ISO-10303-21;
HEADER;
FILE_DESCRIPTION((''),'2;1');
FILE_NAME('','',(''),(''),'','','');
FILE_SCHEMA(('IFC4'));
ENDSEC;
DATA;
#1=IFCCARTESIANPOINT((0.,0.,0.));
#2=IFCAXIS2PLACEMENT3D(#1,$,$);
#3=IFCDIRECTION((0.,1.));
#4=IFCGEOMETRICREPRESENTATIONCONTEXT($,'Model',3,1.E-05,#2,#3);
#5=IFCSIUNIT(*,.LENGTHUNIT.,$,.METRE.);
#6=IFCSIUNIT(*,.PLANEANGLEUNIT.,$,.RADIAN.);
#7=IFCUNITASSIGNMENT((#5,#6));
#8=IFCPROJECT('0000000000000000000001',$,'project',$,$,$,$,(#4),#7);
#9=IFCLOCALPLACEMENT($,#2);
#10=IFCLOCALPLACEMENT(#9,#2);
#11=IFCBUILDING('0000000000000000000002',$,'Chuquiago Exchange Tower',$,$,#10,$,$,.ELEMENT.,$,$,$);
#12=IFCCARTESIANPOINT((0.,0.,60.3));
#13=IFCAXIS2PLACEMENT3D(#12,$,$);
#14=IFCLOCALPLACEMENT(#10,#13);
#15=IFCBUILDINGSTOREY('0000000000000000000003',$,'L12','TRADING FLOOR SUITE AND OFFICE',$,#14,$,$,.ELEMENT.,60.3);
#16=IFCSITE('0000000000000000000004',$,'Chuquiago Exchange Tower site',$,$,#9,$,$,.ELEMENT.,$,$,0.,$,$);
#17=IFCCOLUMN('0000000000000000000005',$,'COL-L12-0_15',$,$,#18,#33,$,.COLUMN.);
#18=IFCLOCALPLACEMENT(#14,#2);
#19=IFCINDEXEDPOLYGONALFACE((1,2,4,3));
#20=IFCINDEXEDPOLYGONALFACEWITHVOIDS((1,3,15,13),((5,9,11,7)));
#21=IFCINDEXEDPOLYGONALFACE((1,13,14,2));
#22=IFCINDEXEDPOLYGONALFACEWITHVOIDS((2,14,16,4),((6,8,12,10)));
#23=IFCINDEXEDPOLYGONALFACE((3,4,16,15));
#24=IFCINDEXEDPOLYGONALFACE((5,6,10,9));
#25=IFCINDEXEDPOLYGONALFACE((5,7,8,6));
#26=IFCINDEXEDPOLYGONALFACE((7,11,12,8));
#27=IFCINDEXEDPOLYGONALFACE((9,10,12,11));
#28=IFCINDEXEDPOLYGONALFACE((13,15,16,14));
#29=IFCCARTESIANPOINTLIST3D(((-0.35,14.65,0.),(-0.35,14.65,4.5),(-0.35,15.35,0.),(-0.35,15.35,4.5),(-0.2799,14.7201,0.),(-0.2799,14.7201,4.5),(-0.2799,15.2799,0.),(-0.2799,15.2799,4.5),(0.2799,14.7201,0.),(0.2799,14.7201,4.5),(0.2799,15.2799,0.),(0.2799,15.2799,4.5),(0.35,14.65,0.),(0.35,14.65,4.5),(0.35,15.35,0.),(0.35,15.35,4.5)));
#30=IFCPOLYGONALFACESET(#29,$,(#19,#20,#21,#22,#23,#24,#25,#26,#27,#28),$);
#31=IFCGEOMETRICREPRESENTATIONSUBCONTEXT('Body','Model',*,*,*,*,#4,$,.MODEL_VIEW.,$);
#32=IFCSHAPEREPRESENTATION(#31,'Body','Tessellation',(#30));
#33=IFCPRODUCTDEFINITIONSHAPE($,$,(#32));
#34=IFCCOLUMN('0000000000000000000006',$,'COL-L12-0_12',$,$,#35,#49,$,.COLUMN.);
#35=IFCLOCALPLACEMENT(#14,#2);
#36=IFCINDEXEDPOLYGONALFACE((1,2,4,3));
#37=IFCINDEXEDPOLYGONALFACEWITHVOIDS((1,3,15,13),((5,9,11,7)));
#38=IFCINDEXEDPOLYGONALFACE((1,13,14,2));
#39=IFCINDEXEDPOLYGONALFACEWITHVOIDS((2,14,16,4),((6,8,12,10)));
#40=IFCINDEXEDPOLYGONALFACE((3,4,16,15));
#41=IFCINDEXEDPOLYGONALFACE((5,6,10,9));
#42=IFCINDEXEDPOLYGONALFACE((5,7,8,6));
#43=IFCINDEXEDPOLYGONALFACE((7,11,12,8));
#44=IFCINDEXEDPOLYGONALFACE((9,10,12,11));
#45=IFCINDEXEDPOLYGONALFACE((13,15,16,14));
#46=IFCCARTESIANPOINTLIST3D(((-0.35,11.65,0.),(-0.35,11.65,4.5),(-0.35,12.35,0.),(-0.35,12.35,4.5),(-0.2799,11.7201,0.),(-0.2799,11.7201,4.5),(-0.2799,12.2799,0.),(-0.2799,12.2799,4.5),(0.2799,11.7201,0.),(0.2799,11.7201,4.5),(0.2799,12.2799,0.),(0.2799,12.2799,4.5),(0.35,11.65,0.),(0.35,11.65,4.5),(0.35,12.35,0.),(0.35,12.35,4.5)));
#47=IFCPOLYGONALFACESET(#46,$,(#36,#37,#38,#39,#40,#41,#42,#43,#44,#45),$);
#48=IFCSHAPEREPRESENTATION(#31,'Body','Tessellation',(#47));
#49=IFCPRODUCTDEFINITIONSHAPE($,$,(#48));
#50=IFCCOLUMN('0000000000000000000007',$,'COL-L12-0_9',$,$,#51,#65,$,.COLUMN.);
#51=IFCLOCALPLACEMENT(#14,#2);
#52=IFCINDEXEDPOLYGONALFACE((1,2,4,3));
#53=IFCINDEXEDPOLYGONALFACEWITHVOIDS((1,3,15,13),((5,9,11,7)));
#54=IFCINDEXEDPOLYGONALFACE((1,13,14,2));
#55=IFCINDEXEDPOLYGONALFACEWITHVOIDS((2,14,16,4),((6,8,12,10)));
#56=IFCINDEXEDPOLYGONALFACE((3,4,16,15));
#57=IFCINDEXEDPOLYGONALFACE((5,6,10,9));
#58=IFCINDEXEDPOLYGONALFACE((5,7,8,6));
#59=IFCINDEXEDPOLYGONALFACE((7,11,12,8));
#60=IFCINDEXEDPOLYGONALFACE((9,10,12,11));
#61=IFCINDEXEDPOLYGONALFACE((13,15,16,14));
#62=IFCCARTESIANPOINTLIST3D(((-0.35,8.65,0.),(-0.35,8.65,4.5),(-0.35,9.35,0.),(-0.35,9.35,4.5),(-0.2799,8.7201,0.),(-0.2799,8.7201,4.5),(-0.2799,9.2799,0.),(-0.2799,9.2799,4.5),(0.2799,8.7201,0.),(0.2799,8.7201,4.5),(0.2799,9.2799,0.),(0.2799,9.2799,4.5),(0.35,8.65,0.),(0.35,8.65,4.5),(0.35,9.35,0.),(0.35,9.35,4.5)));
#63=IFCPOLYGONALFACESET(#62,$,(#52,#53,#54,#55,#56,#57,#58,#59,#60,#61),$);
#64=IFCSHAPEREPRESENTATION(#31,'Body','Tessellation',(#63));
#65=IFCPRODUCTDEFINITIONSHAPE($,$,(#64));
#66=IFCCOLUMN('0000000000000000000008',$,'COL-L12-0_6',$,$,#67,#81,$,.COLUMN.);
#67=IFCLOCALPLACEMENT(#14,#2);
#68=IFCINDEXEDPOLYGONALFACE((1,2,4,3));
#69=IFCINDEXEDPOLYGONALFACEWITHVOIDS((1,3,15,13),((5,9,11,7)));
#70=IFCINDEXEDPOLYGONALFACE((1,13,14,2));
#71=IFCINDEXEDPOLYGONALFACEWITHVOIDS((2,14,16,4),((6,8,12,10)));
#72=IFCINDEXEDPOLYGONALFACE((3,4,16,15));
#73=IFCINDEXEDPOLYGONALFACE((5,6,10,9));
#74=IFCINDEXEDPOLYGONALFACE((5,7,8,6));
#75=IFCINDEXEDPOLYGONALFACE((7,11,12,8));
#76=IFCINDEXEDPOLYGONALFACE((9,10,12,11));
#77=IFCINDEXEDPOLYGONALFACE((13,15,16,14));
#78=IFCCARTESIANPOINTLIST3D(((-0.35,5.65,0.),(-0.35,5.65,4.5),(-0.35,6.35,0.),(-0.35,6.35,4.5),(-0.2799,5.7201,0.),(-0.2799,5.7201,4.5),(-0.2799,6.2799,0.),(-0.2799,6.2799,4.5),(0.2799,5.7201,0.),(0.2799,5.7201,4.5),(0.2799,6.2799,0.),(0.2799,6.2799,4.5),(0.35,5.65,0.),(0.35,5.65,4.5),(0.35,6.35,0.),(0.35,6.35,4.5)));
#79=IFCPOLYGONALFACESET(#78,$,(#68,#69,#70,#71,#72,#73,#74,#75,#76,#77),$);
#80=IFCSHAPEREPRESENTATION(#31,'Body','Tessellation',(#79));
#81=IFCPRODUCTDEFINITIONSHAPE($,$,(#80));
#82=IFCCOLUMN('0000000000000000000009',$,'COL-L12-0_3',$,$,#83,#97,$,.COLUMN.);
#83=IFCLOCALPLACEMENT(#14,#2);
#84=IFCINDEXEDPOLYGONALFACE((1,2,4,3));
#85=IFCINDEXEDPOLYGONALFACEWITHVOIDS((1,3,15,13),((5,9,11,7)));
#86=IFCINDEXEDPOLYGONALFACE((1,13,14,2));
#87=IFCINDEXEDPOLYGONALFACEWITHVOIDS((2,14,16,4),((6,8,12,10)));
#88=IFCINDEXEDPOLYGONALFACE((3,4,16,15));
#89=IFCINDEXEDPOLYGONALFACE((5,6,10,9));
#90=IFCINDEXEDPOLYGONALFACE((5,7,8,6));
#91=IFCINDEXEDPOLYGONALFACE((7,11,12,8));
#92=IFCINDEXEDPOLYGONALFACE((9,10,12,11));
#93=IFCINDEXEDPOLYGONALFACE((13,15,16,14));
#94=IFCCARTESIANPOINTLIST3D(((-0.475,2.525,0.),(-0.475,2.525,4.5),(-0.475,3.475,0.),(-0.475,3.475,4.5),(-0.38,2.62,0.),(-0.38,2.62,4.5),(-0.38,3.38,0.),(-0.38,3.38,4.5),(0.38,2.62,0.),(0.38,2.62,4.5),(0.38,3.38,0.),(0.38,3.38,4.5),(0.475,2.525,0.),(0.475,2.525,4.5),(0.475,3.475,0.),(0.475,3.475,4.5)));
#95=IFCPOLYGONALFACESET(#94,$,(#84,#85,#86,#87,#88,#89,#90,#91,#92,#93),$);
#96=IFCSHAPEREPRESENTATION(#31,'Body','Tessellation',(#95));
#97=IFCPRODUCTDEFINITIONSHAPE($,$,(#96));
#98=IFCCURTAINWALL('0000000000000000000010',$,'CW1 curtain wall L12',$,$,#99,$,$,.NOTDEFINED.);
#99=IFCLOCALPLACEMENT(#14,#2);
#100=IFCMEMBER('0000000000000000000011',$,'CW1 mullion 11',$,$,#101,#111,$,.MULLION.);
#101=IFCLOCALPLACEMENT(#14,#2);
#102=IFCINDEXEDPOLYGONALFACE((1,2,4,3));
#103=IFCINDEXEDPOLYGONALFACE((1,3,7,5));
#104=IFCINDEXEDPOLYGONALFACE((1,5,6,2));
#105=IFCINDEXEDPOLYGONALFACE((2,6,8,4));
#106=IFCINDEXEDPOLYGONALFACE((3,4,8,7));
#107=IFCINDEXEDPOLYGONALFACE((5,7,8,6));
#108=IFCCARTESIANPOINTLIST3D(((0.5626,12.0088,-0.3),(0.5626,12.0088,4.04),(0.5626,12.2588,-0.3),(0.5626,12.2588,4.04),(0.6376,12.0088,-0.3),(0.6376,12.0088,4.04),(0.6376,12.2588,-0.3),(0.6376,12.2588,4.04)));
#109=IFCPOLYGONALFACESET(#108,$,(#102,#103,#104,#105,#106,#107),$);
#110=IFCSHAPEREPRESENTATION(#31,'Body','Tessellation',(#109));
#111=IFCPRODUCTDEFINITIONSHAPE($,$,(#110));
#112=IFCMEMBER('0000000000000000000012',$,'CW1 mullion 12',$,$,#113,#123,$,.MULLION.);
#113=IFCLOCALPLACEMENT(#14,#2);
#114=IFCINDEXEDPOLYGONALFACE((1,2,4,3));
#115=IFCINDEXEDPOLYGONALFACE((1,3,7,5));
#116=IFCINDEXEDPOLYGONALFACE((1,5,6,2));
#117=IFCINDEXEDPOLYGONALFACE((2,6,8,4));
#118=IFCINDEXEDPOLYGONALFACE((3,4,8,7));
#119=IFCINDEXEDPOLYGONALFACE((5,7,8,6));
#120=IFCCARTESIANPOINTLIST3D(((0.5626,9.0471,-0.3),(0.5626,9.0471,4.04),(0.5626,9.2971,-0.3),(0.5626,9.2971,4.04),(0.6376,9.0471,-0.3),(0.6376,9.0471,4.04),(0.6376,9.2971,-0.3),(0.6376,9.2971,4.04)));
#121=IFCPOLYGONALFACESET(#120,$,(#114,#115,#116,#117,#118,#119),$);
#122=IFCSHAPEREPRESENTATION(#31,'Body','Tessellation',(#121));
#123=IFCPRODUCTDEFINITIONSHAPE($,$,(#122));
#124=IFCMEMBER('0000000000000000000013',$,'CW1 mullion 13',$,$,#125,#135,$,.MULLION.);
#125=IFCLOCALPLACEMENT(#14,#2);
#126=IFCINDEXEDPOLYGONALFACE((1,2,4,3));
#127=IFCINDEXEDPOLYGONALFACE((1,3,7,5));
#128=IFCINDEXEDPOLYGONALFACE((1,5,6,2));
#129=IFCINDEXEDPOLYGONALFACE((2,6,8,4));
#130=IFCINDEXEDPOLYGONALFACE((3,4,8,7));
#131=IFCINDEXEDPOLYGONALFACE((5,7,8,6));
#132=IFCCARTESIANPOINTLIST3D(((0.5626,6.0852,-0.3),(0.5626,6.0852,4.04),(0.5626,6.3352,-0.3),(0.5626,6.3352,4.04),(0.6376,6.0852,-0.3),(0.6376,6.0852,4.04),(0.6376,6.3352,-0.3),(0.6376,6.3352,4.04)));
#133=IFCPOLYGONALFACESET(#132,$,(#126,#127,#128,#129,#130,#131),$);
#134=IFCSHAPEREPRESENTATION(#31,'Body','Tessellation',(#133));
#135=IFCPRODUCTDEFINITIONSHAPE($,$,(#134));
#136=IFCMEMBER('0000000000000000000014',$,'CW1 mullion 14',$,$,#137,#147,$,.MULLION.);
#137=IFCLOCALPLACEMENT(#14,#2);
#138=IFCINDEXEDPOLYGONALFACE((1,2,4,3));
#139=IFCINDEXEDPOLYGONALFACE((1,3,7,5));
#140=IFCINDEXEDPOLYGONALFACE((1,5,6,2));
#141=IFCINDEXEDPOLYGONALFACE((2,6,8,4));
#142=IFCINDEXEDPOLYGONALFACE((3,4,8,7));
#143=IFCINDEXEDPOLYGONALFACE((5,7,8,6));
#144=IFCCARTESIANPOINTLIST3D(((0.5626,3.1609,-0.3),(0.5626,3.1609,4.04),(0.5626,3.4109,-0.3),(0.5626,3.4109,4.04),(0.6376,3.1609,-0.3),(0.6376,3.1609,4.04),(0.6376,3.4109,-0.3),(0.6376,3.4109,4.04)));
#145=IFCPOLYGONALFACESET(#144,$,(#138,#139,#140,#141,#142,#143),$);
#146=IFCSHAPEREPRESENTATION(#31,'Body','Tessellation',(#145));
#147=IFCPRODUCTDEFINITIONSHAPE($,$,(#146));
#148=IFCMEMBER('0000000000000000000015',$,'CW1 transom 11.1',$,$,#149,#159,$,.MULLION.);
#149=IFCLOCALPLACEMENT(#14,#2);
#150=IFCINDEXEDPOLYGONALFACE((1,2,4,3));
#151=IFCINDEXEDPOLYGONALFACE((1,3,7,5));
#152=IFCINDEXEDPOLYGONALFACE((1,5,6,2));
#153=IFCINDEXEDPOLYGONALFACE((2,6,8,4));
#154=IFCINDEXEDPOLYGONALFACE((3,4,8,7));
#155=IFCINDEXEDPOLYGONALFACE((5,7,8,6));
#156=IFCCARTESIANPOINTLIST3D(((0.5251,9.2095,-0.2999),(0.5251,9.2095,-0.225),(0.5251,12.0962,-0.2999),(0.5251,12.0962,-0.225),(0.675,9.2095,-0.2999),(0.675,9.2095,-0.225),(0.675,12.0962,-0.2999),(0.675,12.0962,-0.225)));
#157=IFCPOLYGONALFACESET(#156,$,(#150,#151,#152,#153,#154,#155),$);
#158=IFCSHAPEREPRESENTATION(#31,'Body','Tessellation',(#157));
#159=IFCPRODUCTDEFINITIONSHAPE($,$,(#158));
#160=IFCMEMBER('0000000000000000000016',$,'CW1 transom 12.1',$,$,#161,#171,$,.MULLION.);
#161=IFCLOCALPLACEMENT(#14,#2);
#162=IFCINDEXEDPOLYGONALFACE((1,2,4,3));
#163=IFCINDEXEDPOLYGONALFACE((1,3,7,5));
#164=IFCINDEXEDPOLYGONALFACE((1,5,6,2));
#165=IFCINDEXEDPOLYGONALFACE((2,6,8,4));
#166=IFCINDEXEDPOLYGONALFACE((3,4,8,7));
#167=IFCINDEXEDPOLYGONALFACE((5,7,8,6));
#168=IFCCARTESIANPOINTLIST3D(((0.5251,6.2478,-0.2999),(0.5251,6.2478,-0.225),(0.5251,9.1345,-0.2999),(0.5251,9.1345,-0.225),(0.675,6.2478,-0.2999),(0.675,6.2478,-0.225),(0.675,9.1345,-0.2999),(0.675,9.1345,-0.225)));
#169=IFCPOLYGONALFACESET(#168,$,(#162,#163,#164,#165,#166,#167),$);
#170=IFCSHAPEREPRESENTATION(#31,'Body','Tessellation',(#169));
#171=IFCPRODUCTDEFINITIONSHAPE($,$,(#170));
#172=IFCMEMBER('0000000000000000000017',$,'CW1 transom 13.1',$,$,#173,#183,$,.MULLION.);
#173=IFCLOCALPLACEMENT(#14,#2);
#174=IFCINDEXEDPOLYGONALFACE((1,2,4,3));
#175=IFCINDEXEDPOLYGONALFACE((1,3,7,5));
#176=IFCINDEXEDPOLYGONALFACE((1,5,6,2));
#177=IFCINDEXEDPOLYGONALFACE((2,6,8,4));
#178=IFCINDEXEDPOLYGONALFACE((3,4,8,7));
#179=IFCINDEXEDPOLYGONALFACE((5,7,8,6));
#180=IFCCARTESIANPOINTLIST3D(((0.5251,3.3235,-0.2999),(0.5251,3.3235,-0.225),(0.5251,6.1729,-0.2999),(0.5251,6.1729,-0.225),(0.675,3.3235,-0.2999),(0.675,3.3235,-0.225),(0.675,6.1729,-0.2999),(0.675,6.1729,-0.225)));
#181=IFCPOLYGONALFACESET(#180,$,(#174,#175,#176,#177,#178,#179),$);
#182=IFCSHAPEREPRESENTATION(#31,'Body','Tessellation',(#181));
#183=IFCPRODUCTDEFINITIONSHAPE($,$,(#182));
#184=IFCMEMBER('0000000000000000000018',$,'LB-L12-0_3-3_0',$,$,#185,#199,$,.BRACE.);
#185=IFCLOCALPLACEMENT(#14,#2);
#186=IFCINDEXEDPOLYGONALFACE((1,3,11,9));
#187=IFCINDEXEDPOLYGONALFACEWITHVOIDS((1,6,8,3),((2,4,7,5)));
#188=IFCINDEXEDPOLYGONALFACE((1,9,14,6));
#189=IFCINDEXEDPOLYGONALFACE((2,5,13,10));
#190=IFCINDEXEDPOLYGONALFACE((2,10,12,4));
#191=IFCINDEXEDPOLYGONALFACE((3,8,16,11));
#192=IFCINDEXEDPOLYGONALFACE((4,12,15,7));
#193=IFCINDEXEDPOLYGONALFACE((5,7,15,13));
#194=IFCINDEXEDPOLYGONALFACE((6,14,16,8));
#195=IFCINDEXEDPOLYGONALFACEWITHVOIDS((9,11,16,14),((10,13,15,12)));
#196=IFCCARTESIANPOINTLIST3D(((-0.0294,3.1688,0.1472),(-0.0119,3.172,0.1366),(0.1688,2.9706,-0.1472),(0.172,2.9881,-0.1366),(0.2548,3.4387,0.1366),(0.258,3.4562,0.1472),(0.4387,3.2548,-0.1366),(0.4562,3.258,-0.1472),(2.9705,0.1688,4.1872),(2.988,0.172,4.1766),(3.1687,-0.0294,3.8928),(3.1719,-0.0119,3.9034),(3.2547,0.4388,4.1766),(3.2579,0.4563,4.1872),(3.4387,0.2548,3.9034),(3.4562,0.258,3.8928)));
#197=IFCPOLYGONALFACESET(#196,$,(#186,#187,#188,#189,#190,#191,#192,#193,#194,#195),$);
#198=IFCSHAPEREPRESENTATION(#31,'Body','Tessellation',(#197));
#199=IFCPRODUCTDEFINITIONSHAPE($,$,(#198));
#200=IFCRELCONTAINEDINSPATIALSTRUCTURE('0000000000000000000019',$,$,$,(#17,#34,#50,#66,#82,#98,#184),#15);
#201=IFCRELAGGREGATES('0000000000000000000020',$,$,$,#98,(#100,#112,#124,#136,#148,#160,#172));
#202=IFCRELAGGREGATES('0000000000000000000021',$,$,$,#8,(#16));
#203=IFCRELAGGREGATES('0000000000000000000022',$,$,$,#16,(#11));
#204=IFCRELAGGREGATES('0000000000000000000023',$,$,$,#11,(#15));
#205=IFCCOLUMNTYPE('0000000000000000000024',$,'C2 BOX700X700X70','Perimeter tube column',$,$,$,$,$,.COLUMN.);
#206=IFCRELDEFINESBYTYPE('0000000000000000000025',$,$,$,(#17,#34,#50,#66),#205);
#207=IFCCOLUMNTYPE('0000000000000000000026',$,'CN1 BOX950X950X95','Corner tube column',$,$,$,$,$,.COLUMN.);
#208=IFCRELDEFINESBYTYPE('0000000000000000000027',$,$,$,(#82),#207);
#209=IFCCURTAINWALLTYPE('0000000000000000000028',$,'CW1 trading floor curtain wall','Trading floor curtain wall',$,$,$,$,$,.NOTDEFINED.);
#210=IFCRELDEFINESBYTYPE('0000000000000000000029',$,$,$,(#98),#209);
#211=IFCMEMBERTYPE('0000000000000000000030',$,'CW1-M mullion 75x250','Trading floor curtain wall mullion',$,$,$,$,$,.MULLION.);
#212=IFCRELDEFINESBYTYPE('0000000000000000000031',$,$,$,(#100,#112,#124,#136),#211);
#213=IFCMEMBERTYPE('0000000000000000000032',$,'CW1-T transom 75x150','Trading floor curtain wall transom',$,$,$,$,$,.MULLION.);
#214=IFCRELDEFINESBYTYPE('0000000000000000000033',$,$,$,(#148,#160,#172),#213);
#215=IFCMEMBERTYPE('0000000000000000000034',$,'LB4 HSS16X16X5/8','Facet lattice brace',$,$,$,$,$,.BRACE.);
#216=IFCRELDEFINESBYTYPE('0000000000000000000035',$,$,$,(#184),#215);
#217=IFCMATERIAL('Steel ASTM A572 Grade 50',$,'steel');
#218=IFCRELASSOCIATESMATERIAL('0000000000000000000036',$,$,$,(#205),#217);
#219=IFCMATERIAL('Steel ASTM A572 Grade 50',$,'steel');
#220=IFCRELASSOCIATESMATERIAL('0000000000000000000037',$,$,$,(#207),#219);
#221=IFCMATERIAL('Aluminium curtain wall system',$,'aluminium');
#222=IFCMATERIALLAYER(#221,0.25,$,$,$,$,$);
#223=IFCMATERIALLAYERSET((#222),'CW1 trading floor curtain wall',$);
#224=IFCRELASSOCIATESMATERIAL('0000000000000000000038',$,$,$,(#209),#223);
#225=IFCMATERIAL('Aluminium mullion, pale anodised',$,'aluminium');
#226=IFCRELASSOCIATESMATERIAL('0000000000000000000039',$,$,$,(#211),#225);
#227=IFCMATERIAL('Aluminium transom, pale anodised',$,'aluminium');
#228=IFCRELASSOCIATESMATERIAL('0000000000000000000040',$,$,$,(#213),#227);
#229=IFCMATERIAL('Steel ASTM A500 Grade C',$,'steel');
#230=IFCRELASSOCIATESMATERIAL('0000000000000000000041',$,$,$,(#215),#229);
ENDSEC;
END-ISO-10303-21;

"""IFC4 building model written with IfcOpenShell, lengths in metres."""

from ifc_helpers import new_model, si_unit, direction, frame, origin, origin_2d, place, context, subcontext, project, spatial, rectangle, hollow_rectangle, extrude, material, layer, layer_set, material_profile, profile_set, type_object, element, aggregate, save


model = new_model("IFC4")

# Units and contexts
model_context = context("Model", 3, precision=1e-05, world=origin(), true_north=direction((0.0, 1.0)))
body_context = subcontext(model_context, "Body", "Model", "MODEL_VIEW")
ifc_project = project(units=[si_unit("LENGTHUNIT", "METRE"), si_unit("PLANEANGLEUNIT", "RADIAN")], contexts=[model_context])

# Site, building, storey
site_placement = place(None, origin())
site = spatial("IfcSite", under=ifc_project, at=site_placement, Name="Chuquiago Exchange Tower site", CompositionType="ELEMENT", RefElevation=0.0)
building_placement = place(site_placement, origin())
building = spatial("IfcBuilding", under=site, at=building_placement, Name="Chuquiago Exchange Tower", CompositionType="ELEMENT")
storey_placement = place(building_placement, frame((0.0, 0.0, 60.3)))
storey = spatial("IfcBuildingStorey", under=building, at=storey_placement, Name="L12", Description="TRADING FLOOR SUITE AND OFFICE", CompositionType="ELEMENT", Elevation=60.3)

# Columns
ifc_material_1 = material(Name="Steel ASTM A572 Grade 50", Category="steel")
ifc_material_profile_1 = material_profile(ifc_material_1, hollow_rectangle(XDim=0.7, YDim=0.7, WallThickness=0.0701, at=origin_2d()), Name="BOX700X700X70")
ifc_profile_set_1 = profile_set([ifc_material_profile_1], Name="Steel ASTM A572 Grade 50")
column_type_1 = type_object("IfcColumnType", Name="C2 BOX700X700X70", Description="Perimeter tube column", PredefinedType="COLUMN", material=ifc_profile_set_1)
for number, where, z_axis, x_axis, name in (
    (1, (0.0, 15.0, 0.0), (0.0, 0.0, 1.0), (-1.0, 0.0, 0.0), "COL-L12-0_15"),
    (2, (0.0, 12.0, 0.0), (0.0, 0.0, 1.0), (-1.0, 0.0, 0.0), "COL-L12-0_12"),
    (3, (0.0, 9.0, 0.0), (0.0, 0.0, 1.0), (-1.0, 0.0, 0.0), "COL-L12-0_9"),
    (4, (0.0, 6.0, 0.0), (0.0, 0.0, 1.0), (-1.0, 0.0, 0.0), "COL-L12-0_6"),
):
    element("IfcColumn", number, at=place(storey_placement, frame(where, z_axis=z_axis, x_axis=x_axis)), inside=storey, type_object=column_type_1, Name=name, PredefinedType="COLUMN", context=body_context, shape_type="SweptSolid", body=[
        extrude(hollow_rectangle(XDim=0.7, YDim=0.7, WallThickness=0.0701, at=origin_2d()), origin(), (0.0, 0.0, 1.0), 4.5),
    ])
ifc_material_2 = material(Name="Steel ASTM A572 Grade 50", Category="steel")
ifc_material_profile_2 = material_profile(ifc_material_2, hollow_rectangle(XDim=0.95, YDim=0.95, WallThickness=0.095, at=origin_2d()), Name="BOX950X950X95")
ifc_profile_set_2 = profile_set([ifc_material_profile_2], Name="Steel ASTM A572 Grade 50")
column_type_2 = type_object("IfcColumnType", Name="CN1 BOX950X950X95", Description="Corner tube column", PredefinedType="COLUMN", material=ifc_profile_set_2)
column_placement = place(storey_placement, frame((0.0, 3.0, 0.0), z_axis=(0.0, 0.0, 1.0), x_axis=(-1.0, 0.0, 0.0)))
element("IfcColumn", 5, at=column_placement, inside=storey, type_object=column_type_2, Name="COL-L12-0_3", PredefinedType="COLUMN", context=body_context, shape_type="SweptSolid", body=[
    extrude(hollow_rectangle(XDim=0.95, YDim=0.95, WallThickness=0.095, at=origin_2d()), origin(), (0.0, 0.0, 1.0), 4.5),
])

# Curtain wall, members
ifc_material_3 = material(Name="Aluminium curtain wall system", Category="aluminium")
ifc_layer_1 = layer(ifc_material_3, 0.25)
ifc_layer_set_1 = layer_set([ifc_layer_1], Name="CW1 trading floor curtain wall")
curtain_wall_type = type_object("IfcCurtainWallType", Name="CW1 trading floor curtain wall", Description="Trading floor curtain wall", PredefinedType="NOTDEFINED", material=ifc_layer_set_1)
curtain_wall_placement = place(storey_placement, origin())
curtain_wall = element("IfcCurtainWall", 6, at=curtain_wall_placement, inside=storey, type_object=curtain_wall_type, Name="CW1 curtain wall L12", PredefinedType="NOTDEFINED")
ifc_material_4 = material(Name="Aluminium mullion, pale anodised", Category="aluminium")
ifc_material_profile_3 = material_profile(ifc_material_4, rectangle(XDim=0.075, YDim=0.25, at=origin_2d()), Name="AL 75x250")
ifc_profile_set_3 = profile_set([ifc_material_profile_3], Name="Aluminium mullion, pale anodised")
member_type_1 = type_object("IfcMemberType", Name="CW1-M mullion 75x250", Description="Trading floor curtain wall mullion", PredefinedType="MULLION", material=ifc_profile_set_3)
member_1_placement = place(storey_placement, frame((0.6001, 12.1338, -0.3), z_axis=(0.0, 0.0, 1.0), x_axis=(1.0, 0.0, 0.0)))
member_1 = element("IfcMember", 7, at=member_1_placement, type_object=member_type_1, Name="CW1 mullion 11", PredefinedType="MULLION", context=body_context, shape_type="SweptSolid", body=[
    extrude(rectangle(XDim=0.075, YDim=0.25, at=origin_2d()), origin(), (0.0, 0.0, 1.0), 4.3401),
])
member_2_placement = place(storey_placement, frame((0.6001, 9.1721, -0.3), z_axis=(0.0, 0.0, 1.0), x_axis=(1.0, 0.0, 0.0)))
member_2 = element("IfcMember", 8, at=member_2_placement, type_object=member_type_1, Name="CW1 mullion 12", PredefinedType="MULLION", context=body_context, shape_type="SweptSolid", body=[
    extrude(rectangle(XDim=0.075, YDim=0.25, at=origin_2d()), origin(), (0.0, 0.0, 1.0), 4.3401),
])
member_3_placement = place(storey_placement, frame((0.6001, 6.2102, -0.3), z_axis=(0.0, 0.0, 1.0), x_axis=(1.0, 0.0, 0.0)))
member_3 = element("IfcMember", 9, at=member_3_placement, type_object=member_type_1, Name="CW1 mullion 13", PredefinedType="MULLION", context=body_context, shape_type="SweptSolid", body=[
    extrude(rectangle(XDim=0.075, YDim=0.25, at=origin_2d()), origin(), (0.0, 0.0, 1.0), 4.3401),
])
member_4_placement = place(storey_placement, frame((0.6001, 3.2859, -0.3), z_axis=(0.0, 0.0, 1.0), x_axis=(1.0, 0.0, 0.0)))
member_4 = element("IfcMember", 10, at=member_4_placement, type_object=member_type_1, Name="CW1 mullion 14", PredefinedType="MULLION", context=body_context, shape_type="SweptSolid", body=[
    extrude(rectangle(XDim=0.075, YDim=0.25, at=origin_2d()), origin(), (0.0, 0.0, 1.0), 4.3401),
])
ifc_material_5 = material(Name="Aluminium transom, pale anodised", Category="aluminium")
ifc_material_profile_4 = material_profile(ifc_material_5, rectangle(XDim=0.1499, YDim=0.075, at=origin_2d()), Name="AL 150x75")
ifc_profile_set_4 = profile_set([ifc_material_profile_4], Name="Aluminium transom, pale anodised")
member_type_2 = type_object("IfcMemberType", Name="CW1-T transom 75x150", Description="Trading floor curtain wall transom", PredefinedType="MULLION", material=ifc_profile_set_4)
member_5_placement = place(storey_placement, frame((0.6001, 12.0962, -0.2625), z_axis=(0.0, -1.0, 0.0), x_axis=(1.0, 0.0, 0.0)))
member_5 = element("IfcMember", 11, at=member_5_placement, type_object=member_type_2, Name="CW1 transom 11.1", PredefinedType="MULLION", context=body_context, shape_type="SweptSolid", body=[
    extrude(rectangle(XDim=0.1499, YDim=0.075, at=origin_2d()), origin(), (0.0, 0.0, 1.0), 2.8867),
])
member_6_placement = place(storey_placement, frame((0.6001, 9.1345, -0.2625), z_axis=(0.0, -1.0, 0.0), x_axis=(1.0, 0.0, 0.0)))
member_6 = element("IfcMember", 12, at=member_6_placement, type_object=member_type_2, Name="CW1 transom 12.1", PredefinedType="MULLION", context=body_context, shape_type="SweptSolid", body=[
    extrude(rectangle(XDim=0.1499, YDim=0.075, at=origin_2d()), origin(), (0.0, 0.0, 1.0), 2.8867),
])
member_7_placement = place(storey_placement, frame((0.6001, 6.1729, -0.2625), z_axis=(0.0, -1.0, 0.0), x_axis=(1.0, 0.0, 0.0)))
member_7 = element("IfcMember", 13, at=member_7_placement, type_object=member_type_2, Name="CW1 transom 13.1", PredefinedType="MULLION", context=body_context, shape_type="SweptSolid", body=[
    extrude(rectangle(XDim=0.1499, YDim=0.075, at=origin_2d()), origin(), (0.0, 0.0, 1.0), 2.8494),
])

# Member
ifc_material_6 = material(Name="Steel ASTM A500 Grade C", Category="steel")
ifc_material_profile_5 = material_profile(ifc_material_6, hollow_rectangle(XDim=0.4065, YDim=0.4065, WallThickness=0.0146, at=origin_2d()), Name="HSS16X16X5/8")
ifc_profile_set_5 = profile_set([ifc_material_profile_5], Name="Steel ASTM A500 Grade C")
member_type_3 = type_object("IfcMemberType", Name="LB4 HSS16X16X5/8", Description="Facet lattice brace", PredefinedType="BRACE", material=ifc_profile_set_5)
member_8_placement = place(storey_placement, frame((0.2134, 3.2134, 0.0), z_axis=(0.512077, -0.512077, 0.689604), x_axis=(0.707107, 0.707107, 0.0)))
element("IfcMember", 14, at=member_8_placement, inside=storey, type_object=member_type_3, Name="LB-L12-0_3-3_0", PredefinedType="BRACE", context=body_context, shape_type="SweptSolid", body=[
    extrude(hollow_rectangle(XDim=0.4065, YDim=0.4065, WallThickness=0.0146, at=origin_2d()), origin(), (0.0, 0.0, 1.0), 5.8584),
])

aggregate(curtain_wall, [member_1, member_2, member_3, member_4, member_5, member_6, member_7])

save(model, "model.ifc")
